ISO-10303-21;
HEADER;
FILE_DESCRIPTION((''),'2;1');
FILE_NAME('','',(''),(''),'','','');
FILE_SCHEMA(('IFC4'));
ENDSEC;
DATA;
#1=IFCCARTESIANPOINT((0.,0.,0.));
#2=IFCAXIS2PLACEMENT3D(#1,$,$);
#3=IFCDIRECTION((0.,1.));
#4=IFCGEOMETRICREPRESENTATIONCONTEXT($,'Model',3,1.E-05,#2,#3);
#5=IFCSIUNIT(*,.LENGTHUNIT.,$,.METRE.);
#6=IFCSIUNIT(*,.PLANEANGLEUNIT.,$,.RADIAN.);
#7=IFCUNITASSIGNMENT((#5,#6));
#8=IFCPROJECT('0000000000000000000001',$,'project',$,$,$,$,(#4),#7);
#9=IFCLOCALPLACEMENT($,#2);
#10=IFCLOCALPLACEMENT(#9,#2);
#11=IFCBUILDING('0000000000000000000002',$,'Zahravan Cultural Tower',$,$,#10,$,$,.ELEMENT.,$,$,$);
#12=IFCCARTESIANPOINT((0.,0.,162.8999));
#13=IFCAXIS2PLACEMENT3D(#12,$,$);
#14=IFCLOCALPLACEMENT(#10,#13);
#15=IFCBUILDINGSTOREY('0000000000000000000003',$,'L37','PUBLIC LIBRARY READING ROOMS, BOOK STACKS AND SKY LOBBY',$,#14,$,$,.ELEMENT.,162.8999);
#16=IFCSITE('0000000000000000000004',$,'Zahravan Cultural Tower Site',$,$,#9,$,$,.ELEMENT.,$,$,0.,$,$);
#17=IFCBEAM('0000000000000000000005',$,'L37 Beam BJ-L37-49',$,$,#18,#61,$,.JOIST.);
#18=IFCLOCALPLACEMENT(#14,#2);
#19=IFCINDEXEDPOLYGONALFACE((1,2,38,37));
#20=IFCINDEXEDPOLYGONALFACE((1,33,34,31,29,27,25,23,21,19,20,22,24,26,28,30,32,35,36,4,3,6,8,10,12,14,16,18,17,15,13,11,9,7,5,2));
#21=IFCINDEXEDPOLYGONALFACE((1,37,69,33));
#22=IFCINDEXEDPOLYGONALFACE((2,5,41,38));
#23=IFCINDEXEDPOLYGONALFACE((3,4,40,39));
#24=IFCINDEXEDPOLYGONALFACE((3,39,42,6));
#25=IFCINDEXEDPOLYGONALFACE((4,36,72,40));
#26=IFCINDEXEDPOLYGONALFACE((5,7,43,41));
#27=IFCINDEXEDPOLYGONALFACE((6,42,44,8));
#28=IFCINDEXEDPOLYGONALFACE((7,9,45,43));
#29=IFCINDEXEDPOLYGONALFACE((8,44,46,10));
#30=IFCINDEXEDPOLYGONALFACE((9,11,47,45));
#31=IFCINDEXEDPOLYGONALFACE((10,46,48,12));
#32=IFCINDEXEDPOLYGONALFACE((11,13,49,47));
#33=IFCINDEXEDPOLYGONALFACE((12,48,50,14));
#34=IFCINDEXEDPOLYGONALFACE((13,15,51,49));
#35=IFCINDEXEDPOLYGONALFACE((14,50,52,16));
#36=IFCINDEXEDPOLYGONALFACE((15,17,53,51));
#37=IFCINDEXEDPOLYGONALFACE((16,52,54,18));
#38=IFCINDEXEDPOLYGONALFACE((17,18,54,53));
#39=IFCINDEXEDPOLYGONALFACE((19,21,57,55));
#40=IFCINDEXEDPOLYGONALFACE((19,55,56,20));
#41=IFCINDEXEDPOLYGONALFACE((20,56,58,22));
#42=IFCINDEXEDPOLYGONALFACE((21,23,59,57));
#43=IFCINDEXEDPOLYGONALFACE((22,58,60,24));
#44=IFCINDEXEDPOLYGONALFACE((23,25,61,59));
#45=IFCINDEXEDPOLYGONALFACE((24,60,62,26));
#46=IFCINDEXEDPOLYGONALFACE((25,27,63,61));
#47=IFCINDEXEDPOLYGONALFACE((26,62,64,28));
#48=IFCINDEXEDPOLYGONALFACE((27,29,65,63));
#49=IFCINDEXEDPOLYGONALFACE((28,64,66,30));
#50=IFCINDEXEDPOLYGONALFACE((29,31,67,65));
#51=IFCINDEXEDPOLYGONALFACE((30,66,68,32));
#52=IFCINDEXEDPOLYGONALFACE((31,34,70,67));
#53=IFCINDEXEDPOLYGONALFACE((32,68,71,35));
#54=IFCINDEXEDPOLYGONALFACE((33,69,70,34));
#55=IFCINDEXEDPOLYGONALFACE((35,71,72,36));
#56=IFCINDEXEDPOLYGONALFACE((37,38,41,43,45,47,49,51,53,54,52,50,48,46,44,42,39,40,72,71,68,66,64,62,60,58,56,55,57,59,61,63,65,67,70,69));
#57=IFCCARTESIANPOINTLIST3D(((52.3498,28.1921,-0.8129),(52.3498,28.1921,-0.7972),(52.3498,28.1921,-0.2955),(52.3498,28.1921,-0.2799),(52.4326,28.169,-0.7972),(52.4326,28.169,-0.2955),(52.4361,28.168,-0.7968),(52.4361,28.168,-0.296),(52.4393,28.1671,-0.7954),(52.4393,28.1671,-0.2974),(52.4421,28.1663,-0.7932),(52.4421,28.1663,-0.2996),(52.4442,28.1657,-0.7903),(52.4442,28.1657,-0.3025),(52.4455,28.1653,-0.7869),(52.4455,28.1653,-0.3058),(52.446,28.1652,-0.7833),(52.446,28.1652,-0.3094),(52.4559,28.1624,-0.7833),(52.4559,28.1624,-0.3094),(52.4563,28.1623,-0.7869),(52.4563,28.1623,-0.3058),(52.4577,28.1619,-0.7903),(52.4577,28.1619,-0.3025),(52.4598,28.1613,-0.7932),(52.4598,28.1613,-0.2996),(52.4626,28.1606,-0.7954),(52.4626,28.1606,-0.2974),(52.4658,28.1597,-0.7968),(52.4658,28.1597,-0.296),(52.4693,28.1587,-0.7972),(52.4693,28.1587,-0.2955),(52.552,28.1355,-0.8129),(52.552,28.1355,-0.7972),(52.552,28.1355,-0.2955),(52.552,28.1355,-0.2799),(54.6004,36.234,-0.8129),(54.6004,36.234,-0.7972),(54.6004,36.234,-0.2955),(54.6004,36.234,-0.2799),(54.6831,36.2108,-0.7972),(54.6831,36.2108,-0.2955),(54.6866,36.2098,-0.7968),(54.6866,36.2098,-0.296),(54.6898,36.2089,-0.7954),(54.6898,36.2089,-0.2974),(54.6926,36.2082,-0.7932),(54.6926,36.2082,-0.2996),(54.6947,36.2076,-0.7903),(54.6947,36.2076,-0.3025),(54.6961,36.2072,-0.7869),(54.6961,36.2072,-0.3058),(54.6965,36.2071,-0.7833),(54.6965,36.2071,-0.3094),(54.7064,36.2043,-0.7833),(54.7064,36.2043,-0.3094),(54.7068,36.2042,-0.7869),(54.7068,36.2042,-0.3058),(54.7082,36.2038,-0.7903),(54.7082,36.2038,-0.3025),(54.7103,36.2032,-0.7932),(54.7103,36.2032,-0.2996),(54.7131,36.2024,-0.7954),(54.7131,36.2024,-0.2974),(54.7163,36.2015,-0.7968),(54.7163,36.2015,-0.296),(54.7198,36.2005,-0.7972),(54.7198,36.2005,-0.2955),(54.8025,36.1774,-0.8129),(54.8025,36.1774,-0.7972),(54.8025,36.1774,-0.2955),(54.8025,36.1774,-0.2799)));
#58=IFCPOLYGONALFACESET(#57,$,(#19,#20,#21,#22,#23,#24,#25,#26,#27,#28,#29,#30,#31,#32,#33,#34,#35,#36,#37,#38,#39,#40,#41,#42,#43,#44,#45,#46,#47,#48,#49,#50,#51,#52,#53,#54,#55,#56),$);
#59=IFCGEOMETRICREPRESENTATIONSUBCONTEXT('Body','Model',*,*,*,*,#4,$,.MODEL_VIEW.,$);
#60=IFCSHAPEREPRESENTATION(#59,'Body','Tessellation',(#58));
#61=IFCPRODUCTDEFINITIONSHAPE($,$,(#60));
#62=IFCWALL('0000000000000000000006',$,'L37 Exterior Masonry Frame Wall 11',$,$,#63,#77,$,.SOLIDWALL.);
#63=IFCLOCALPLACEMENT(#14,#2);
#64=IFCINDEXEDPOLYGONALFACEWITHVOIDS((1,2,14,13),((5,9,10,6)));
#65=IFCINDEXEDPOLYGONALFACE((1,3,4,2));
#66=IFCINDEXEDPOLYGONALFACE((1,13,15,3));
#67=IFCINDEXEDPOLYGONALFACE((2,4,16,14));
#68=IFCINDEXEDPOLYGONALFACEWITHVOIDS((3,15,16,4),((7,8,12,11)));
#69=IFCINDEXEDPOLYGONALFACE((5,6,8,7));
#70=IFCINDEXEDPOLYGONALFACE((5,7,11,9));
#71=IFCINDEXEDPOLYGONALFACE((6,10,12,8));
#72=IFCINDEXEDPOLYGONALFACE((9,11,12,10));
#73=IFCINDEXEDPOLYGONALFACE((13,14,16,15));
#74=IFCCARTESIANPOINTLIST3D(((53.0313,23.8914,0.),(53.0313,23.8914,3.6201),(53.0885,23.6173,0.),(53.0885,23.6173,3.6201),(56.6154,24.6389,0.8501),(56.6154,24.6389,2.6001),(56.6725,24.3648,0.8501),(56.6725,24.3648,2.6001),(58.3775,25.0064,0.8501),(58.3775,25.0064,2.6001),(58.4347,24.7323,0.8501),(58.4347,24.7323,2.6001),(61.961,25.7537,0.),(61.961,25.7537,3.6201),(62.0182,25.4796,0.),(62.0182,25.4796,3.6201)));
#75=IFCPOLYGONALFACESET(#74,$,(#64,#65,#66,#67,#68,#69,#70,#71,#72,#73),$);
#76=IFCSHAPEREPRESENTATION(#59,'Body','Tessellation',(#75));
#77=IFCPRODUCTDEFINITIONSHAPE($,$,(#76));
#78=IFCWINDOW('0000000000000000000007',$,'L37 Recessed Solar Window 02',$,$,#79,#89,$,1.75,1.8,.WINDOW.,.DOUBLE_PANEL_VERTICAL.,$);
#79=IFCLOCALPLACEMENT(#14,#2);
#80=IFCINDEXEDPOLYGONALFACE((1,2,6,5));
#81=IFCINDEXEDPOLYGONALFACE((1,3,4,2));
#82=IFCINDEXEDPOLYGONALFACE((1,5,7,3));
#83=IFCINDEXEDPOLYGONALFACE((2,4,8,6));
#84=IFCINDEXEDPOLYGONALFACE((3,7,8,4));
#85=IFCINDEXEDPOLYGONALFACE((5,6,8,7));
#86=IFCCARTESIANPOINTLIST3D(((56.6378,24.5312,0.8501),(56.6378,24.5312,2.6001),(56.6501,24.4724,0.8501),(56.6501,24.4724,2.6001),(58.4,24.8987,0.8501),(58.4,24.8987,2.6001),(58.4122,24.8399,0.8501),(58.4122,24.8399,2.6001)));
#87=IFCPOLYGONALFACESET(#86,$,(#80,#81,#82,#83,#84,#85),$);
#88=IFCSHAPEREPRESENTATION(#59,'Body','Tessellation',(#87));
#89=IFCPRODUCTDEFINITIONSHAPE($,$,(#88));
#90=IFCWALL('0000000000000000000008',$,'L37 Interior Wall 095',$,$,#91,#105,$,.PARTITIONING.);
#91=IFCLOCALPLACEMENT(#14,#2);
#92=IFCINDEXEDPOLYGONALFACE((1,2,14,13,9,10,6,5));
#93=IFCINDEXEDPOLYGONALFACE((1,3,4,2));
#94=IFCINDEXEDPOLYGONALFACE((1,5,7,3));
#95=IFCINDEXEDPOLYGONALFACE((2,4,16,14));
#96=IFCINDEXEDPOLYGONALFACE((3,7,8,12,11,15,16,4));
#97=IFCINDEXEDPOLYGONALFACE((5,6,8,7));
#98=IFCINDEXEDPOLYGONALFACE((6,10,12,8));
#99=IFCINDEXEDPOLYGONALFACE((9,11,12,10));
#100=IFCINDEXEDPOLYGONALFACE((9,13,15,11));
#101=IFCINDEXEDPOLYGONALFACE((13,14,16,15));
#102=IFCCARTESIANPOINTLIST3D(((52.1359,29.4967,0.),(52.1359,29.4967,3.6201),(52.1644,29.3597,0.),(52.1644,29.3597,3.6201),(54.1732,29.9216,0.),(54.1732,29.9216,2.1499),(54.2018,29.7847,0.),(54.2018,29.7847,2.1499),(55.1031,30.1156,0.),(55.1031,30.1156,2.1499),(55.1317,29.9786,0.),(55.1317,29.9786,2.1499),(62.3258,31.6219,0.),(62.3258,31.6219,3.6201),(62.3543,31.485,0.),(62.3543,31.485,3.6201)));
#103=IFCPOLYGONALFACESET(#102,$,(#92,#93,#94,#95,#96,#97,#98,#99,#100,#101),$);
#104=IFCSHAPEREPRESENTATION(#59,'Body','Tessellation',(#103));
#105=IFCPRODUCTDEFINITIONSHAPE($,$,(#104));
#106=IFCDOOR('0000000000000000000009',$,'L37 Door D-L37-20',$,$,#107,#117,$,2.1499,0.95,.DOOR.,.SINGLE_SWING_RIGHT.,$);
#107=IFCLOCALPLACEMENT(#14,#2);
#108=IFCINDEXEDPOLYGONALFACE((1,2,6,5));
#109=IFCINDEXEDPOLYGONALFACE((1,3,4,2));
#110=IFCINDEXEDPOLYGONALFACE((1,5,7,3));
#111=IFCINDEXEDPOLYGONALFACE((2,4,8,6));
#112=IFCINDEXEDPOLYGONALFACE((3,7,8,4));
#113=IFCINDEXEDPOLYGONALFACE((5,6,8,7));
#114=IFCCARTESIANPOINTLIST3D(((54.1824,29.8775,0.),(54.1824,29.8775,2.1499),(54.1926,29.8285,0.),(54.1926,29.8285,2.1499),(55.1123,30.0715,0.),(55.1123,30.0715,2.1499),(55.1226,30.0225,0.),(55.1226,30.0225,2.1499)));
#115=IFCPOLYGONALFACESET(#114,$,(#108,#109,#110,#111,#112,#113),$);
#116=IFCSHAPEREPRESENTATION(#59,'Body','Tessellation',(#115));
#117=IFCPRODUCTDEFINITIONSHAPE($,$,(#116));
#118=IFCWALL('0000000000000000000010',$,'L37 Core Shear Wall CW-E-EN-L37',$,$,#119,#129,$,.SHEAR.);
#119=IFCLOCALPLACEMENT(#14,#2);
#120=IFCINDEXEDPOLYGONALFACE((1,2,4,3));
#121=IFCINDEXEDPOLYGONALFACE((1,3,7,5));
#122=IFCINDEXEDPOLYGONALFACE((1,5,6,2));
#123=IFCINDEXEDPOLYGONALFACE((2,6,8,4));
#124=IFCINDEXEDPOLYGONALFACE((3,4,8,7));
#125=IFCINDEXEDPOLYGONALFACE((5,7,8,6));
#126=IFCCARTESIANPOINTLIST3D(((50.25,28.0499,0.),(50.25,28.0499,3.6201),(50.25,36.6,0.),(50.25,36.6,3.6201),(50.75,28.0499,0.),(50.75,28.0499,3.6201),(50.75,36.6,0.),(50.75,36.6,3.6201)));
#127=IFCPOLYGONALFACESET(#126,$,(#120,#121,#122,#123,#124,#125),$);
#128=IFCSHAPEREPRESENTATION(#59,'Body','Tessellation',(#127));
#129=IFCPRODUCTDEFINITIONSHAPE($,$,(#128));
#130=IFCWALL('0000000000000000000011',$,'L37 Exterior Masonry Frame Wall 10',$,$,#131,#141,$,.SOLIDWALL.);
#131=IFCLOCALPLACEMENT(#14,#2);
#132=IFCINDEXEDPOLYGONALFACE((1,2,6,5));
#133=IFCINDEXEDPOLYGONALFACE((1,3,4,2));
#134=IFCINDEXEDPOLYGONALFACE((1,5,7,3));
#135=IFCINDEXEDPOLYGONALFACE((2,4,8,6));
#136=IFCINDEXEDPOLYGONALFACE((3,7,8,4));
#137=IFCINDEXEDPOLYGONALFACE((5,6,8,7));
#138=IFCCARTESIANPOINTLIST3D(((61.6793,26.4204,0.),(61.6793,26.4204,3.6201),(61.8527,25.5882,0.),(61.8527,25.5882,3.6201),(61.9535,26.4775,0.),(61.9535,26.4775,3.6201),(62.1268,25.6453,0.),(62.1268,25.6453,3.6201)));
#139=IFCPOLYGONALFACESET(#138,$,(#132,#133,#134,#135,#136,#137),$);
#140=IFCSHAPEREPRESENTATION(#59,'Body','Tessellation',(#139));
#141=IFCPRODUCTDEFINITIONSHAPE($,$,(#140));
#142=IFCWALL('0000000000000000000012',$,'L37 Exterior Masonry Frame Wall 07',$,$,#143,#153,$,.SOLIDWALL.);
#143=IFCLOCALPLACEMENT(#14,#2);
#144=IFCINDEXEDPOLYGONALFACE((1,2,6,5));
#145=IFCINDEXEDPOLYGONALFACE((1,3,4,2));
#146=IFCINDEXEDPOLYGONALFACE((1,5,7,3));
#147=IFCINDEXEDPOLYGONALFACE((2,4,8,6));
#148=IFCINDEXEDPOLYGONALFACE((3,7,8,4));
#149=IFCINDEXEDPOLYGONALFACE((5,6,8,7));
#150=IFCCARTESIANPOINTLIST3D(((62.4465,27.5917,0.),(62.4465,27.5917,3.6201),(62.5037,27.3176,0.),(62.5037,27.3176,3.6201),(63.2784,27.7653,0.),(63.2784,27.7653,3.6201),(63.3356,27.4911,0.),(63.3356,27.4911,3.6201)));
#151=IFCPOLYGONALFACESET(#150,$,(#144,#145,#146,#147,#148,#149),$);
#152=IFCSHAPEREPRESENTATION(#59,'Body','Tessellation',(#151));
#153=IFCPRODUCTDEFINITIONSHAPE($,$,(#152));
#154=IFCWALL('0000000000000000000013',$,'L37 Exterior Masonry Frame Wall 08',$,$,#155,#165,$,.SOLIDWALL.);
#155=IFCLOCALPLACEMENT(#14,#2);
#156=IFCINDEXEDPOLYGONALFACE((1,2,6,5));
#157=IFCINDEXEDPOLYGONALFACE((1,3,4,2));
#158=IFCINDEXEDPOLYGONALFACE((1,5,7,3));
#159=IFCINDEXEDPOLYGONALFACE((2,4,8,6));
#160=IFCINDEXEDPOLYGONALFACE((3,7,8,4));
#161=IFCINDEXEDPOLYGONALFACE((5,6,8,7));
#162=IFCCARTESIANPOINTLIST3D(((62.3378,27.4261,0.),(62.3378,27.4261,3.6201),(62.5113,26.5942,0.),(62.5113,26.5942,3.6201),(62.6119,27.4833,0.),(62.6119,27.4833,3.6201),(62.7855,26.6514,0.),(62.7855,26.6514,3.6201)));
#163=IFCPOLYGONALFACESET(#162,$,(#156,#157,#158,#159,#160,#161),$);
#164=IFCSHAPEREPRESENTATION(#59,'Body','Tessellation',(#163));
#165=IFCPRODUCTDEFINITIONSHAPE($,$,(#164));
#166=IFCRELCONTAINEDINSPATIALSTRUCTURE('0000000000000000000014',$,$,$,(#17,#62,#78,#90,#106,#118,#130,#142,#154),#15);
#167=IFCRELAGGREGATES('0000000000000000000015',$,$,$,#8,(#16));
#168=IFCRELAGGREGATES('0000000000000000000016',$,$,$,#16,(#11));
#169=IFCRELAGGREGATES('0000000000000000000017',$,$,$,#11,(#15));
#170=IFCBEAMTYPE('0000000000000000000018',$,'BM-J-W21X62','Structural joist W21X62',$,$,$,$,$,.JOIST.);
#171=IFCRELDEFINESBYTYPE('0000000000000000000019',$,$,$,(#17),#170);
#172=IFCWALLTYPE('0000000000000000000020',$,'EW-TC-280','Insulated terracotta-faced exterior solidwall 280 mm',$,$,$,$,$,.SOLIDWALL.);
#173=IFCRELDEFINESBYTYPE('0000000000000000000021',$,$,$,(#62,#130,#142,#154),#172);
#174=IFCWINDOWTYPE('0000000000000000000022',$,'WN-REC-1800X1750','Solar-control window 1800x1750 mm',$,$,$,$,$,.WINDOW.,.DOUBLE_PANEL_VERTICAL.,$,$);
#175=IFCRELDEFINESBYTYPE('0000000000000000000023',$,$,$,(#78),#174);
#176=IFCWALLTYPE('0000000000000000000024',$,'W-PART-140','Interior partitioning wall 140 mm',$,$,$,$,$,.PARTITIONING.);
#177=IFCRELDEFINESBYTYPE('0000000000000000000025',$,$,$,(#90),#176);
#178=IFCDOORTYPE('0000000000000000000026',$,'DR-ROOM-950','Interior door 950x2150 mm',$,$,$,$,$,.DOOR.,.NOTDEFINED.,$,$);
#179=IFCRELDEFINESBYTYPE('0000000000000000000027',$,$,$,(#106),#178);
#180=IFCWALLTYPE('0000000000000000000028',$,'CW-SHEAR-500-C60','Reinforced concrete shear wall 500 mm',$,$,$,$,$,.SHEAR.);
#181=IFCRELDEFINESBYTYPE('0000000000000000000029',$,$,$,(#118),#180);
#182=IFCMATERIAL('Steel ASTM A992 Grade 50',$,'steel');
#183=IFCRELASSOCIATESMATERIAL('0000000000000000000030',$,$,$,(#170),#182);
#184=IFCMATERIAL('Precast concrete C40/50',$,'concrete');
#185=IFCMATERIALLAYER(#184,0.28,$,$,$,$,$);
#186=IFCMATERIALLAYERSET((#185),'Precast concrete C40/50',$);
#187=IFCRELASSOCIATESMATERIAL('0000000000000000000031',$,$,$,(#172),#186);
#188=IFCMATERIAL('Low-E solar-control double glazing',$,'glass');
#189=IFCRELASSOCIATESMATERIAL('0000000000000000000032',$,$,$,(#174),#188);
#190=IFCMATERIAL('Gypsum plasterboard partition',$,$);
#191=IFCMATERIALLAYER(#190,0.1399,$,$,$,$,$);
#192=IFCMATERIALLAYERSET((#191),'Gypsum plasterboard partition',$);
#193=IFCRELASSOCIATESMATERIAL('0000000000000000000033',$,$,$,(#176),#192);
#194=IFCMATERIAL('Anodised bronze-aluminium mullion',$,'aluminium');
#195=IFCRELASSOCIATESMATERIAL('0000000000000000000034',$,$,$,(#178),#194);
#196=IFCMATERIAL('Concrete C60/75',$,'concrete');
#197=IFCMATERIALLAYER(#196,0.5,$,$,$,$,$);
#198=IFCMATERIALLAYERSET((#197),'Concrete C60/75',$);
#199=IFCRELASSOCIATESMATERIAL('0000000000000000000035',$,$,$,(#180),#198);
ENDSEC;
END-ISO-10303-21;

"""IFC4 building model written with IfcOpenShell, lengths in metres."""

from ifc_helpers import new_model, si_unit, direction, frame, frame_2d, origin, origin_2d, place, context, subcontext, project, spatial, rectangle, i_section, extrude, source, transform, mapped, material, layer, layer_set, material_profile, profile_set, type_object, element, fill, save


model = new_model("IFC4")

# Units and contexts
model_context = context("Model", 3, precision=1e-05, world=origin(), true_north=direction((0.0, 1.0)))
body_context = subcontext(model_context, "Body", "Model", "MODEL_VIEW")
ifc_project = project(units=[si_unit("LENGTHUNIT", "METRE"), si_unit("PLANEANGLEUNIT", "RADIAN")], contexts=[model_context])

# Site, building, storey
site_placement = place(None, origin())
site = spatial("IfcSite", under=ifc_project, at=site_placement, Name="Zahravan Cultural Tower Site", CompositionType="ELEMENT", RefElevation=0.0)
building_placement = place(site_placement, origin())
building = spatial("IfcBuilding", under=site, at=building_placement, Name="Zahravan Cultural Tower", CompositionType="ELEMENT")
storey_placement = place(building_placement, frame((0.0, 0.0, 162.8999)))
storey = spatial("IfcBuildingStorey", under=building, at=storey_placement, Name="L37", Description="PUBLIC LIBRARY READING ROOMS, BOOK STACKS AND SKY LOBBY", CompositionType="ELEMENT", Elevation=162.8999)

# Shared definitions
ifc_material_1 = material(Name="Steel ASTM A992 Grade 50", Category="steel")

# Beam
ifc_material_profile_1 = material_profile(ifc_material_1, i_section(OverallWidth=0.21, OverallDepth=0.533, WebThickness=0.0103, FlangeThickness=0.0156, FilletRadius=0.0139, at=origin_2d()), Name="W21X62")
ifc_profile_set_1 = profile_set([ifc_material_profile_1], Name="Steel ASTM A992 Grade 50")
beam_type_1 = type_object("IfcBeamType", Name="BM-J-W21X62", Description="Structural joist W21X62", PredefinedType="JOIST", material=ifc_profile_set_1)
shared_shape_1 = source(origin(), body_context, "Body", "SweptSolid", [
    extrude(i_section(OverallWidth=0.21, OverallDepth=0.533, WebThickness=0.0103, FlangeThickness=0.0156, FilletRadius=0.0139, at=origin_2d()), origin(), (0.0, 0.0, 1.0), 8.3508),
])
beam_1_placement = place(storey_placement, frame((52.4509, 28.1638, -0.5464), z_axis=(0.269497, 0.963001, 0.0), x_axis=(-0.963001, 0.269497, 0.0)))
element("IfcBeam", 1, at=beam_1_placement, inside=storey, type_object=beam_type_1, Name="L37 Beam BJ-L37-49", PredefinedType="JOIST", context=body_context, shape_type="MappedRepresentation", body=[
    mapped(shared_shape_1, transform((0.0, 0.0, 0.0), x_axis=(1.0, 0.0, 0.0), y_axis=(0.0, 1.0, 0.0), z_axis=(0.0, 0.0, 1.0), scale=1.0)),
])

# Wall, opening, window
ifc_material_2 = material(Name="Precast concrete C40/50", Category="concrete")
ifc_layer_1 = layer(ifc_material_2, 0.28)
ifc_layer_set_1 = layer_set([ifc_layer_1], Name="Precast concrete C40/50")
wall_type_1 = type_object("IfcWallType", Name="EW-TC-280", Description="Insulated terracotta-faced exterior solidwall 280 mm", PredefinedType="SOLIDWALL", material=ifc_layer_set_1)
wall_1_placement = place(storey_placement, frame((61.9897, 25.6167, 0.0), z_axis=(0.0, 0.0, 1.0), x_axis=(-0.978938, -0.204159, 0.0)))
wall_1 = element("IfcWall", 2, at=wall_1_placement, inside=storey, type_object=wall_type_1, Name="L37 Exterior Masonry Frame Wall 11", PredefinedType="SOLIDWALL", context=body_context, shape_type="SweptSolid", body=[
    extrude(rectangle(XDim=9.1218, YDim=0.28, at=frame_2d((4.561, 0.0))), origin(), (0.0, 0.0, 1.0), 3.6201),
])
opening_1_placement = place(wall_1_placement, frame((3.6609, 0.0, 0.8501)))
opening_1 = element("IfcOpeningElement", 3, at=opening_1_placement, cuts=wall_1, PredefinedType="OPENING", context=body_context, shape_type="SweptSolid", body=[
    extrude(rectangle(XDim=1.8, YDim=1.75, at=frame_2d((0.8999, 0.875))), frame((0.0, 0.1499, 0.0), z_axis=(0.0, -1.0, 0.0), x_axis=(1.0, 0.0, 0.0)), (0.0, 0.0, 1.0), 0.3),
])
ifc_material_3 = material(Name="Low-E solar-control double glazing", Category="glass")
window_type = type_object("IfcWindowType", Name="WN-REC-1800X1750", Description="Solar-control window 1800x1750 mm", PartitioningType="DOUBLE_PANEL_VERTICAL", PredefinedType="WINDOW", material=ifc_material_3)
shared_shape_2 = source(origin(), body_context, "Body", "SweptSolid", [
    extrude(rectangle(XDim=1.8, YDim=1.75, at=frame_2d((0.8999, 0.875))), frame((0.0, 0.03, 0.0), z_axis=(0.0, -1.0, 0.0), x_axis=(1.0, 0.0, 0.0)), (0.0, 0.0, 1.0), 0.0601),
])
window_placement = place(opening_1_placement, origin())
window = element("IfcWindow", 4, at=window_placement, inside=storey, type_object=window_type, Name="L37 Recessed Solar Window 02", OverallHeight=1.75, OverallWidth=1.8, PartitioningType="DOUBLE_PANEL_VERTICAL", PredefinedType="WINDOW", context=body_context, shape_type="MappedRepresentation", body=[
    mapped(shared_shape_2, transform((0.0, 0.0, 0.0), x_axis=(1.0, 0.0, 0.0), y_axis=(0.0, 1.0, 0.0), z_axis=(0.0, 0.0, 1.0), scale=1.0)),
])
fill(opening_1, window)

# Wall, opening, door
ifc_material_4 = material(Name="Gypsum plasterboard partition")
ifc_layer_2 = layer(ifc_material_4, 0.1399)
ifc_layer_set_2 = layer_set([ifc_layer_2], Name="Gypsum plasterboard partition")
wall_type_2 = type_object("IfcWallType", Name="W-PART-140", Description="Interior partitioning wall 140 mm", PredefinedType="PARTITIONING", material=ifc_layer_set_2)
wall_2_placement = place(storey_placement, frame((52.1501, 29.4282, 0.0), z_axis=(0.0, 0.0, 1.0), x_axis=(0.978936, 0.20417, 0.0)))
wall_2 = element("IfcWall", 5, at=wall_2_placement, inside=storey, type_object=wall_type_2, Name="L37 Interior Wall 095", PredefinedType="PARTITIONING", context=body_context, shape_type="SweptSolid", body=[
    extrude(rectangle(XDim=10.4092, YDim=0.1399, at=frame_2d((5.2046, 0.0))), origin(), (0.0, 0.0, 1.0), 3.6201),
])
opening_2_placement = place(wall_2_placement, frame((2.0811, 0.0, 0.0)))
opening_2 = element("IfcOpeningElement", 6, at=opening_2_placement, cuts=wall_2, PredefinedType="OPENING", context=body_context, shape_type="SweptSolid", body=[
    extrude(rectangle(XDim=0.95, YDim=2.1499, at=frame_2d((0.4751, 1.075))), frame((0.0, 0.0798, 0.0), z_axis=(0.0, -1.0, 0.0), x_axis=(1.0, 0.0, 0.0)), (0.0, 0.0, 1.0), 0.1599),
])
ifc_material_5 = material(Name="Anodised bronze-aluminium mullion", Category="aluminium")
door_type = type_object("IfcDoorType", Name="DR-ROOM-950", Description="Interior door 950x2150 mm", OperationType="NOTDEFINED", PredefinedType="DOOR", material=ifc_material_5)
shared_shape_3 = source(origin(), body_context, "Body", "SweptSolid", [
    extrude(rectangle(XDim=0.95, YDim=2.1499, at=frame_2d((0.4751, 1.075))), frame((0.0, 0.0249, 0.0), z_axis=(0.0, -1.0, 0.0), x_axis=(1.0, 0.0, 0.0)), (0.0, 0.0, 1.0), 0.05),
])
door_placement = place(opening_2_placement, origin())
door = element("IfcDoor", 7, at=door_placement, inside=storey, type_object=door_type, Name="L37 Door D-L37-20", OperationType="SINGLE_SWING_RIGHT", OverallHeight=2.1499, OverallWidth=0.95, PredefinedType="DOOR", context=body_context, shape_type="MappedRepresentation", body=[
    mapped(shared_shape_3, transform((0.0, 0.0, 0.0), x_axis=(1.0, 0.0, 0.0), y_axis=(0.0, 1.0, 0.0), z_axis=(0.0, 0.0, 1.0), scale=1.0)),
])
fill(opening_2, door)

# Walls
ifc_material_6 = material(Name="Concrete C60/75", Category="concrete")
ifc_layer_3 = layer(ifc_material_6, 0.5)
ifc_layer_set_3 = layer_set([ifc_layer_3], Name="Concrete C60/75")
wall_type_3 = type_object("IfcWallType", Name="CW-SHEAR-500-C60", Description="Reinforced concrete shear wall 500 mm", PredefinedType="SHEAR", material=ifc_layer_set_3)
shared_shape_4 = source(origin(), body_context, "Body", "SweptSolid", [
    extrude(rectangle(XDim=8.55, YDim=0.5, at=frame_2d((4.2749, 0.0))), origin(), (0.0, 0.0, 1.0), 3.6201),
])
wall_3_placement = place(storey_placement, frame((50.5, 28.05, 0.0), z_axis=(0.0, 0.0, 1.0), x_axis=(0.0, 1.0, 0.0)))
element("IfcWall", 8, at=wall_3_placement, inside=storey, type_object=wall_type_3, Name="L37 Core Shear Wall CW-E-EN-L37", PredefinedType="SHEAR", context=body_context, shape_type="MappedRepresentation", body=[
    mapped(shared_shape_4, transform((0.0, 0.0, 0.0), x_axis=(1.0, 0.0, 0.0), y_axis=(0.0, 1.0, 0.0), z_axis=(0.0, 0.0, 1.0), scale=1.0)),
])
shared_shape_5 = source(origin(), body_context, "Body", "SweptSolid", [
    extrude(rectangle(XDim=0.8501, YDim=0.28, at=frame_2d((0.425, 0.0))), origin(), (0.0, 0.0, 1.0), 3.6201),
])
wall_4_placement = place(storey_placement, frame((61.8164, 26.449, 0.0), z_axis=(0.0, 0.0, 1.0), x_axis=(0.203897, -0.978992, 0.0)))
element("IfcWall", 9, at=wall_4_placement, inside=storey, type_object=wall_type_1, Name="L37 Exterior Masonry Frame Wall 10", PredefinedType="SOLIDWALL", context=body_context, shape_type="MappedRepresentation", body=[
    mapped(shared_shape_5, transform((0.0, 0.0, 0.0), x_axis=(1.0, 0.0, 0.0), y_axis=(0.0, 1.0, 0.0), z_axis=(0.0, 0.0, 1.0), scale=1.0)),
])
shared_shape_6 = source(origin(), body_context, "Body", "SweptSolid", [
    extrude(rectangle(XDim=0.8499, YDim=0.28, at=frame_2d((0.4248, 0.0))), origin(), (0.0, 0.0, 1.0), 3.6201),
])
for number, where, z_axis, x_axis, name in (
    (10, (63.3069, 27.6282, 0.0), (0.0, 0.0, 1.0), (-0.978923, -0.20423, 0.0), "L37 Exterior Masonry Frame Wall 07"),
    (11, (62.4749, 27.4546, 0.0), (0.0, 0.0, 1.0), (0.20423, -0.978923, 0.0), "L37 Exterior Masonry Frame Wall 08"),
):
    element("IfcWall", number, at=place(storey_placement, frame(where, z_axis=z_axis, x_axis=x_axis)), inside=storey, type_object=wall_type_1, Name=name, PredefinedType="SOLIDWALL", context=body_context, shape_type="MappedRepresentation", body=[
        mapped(shared_shape_6, transform((0.0, 0.0, 0.0), x_axis=(1.0, 0.0, 0.0), y_axis=(0.0, 1.0, 0.0), z_axis=(0.0, 0.0, 1.0), scale=1.0)),
    ])

save(model, "model.ifc")
